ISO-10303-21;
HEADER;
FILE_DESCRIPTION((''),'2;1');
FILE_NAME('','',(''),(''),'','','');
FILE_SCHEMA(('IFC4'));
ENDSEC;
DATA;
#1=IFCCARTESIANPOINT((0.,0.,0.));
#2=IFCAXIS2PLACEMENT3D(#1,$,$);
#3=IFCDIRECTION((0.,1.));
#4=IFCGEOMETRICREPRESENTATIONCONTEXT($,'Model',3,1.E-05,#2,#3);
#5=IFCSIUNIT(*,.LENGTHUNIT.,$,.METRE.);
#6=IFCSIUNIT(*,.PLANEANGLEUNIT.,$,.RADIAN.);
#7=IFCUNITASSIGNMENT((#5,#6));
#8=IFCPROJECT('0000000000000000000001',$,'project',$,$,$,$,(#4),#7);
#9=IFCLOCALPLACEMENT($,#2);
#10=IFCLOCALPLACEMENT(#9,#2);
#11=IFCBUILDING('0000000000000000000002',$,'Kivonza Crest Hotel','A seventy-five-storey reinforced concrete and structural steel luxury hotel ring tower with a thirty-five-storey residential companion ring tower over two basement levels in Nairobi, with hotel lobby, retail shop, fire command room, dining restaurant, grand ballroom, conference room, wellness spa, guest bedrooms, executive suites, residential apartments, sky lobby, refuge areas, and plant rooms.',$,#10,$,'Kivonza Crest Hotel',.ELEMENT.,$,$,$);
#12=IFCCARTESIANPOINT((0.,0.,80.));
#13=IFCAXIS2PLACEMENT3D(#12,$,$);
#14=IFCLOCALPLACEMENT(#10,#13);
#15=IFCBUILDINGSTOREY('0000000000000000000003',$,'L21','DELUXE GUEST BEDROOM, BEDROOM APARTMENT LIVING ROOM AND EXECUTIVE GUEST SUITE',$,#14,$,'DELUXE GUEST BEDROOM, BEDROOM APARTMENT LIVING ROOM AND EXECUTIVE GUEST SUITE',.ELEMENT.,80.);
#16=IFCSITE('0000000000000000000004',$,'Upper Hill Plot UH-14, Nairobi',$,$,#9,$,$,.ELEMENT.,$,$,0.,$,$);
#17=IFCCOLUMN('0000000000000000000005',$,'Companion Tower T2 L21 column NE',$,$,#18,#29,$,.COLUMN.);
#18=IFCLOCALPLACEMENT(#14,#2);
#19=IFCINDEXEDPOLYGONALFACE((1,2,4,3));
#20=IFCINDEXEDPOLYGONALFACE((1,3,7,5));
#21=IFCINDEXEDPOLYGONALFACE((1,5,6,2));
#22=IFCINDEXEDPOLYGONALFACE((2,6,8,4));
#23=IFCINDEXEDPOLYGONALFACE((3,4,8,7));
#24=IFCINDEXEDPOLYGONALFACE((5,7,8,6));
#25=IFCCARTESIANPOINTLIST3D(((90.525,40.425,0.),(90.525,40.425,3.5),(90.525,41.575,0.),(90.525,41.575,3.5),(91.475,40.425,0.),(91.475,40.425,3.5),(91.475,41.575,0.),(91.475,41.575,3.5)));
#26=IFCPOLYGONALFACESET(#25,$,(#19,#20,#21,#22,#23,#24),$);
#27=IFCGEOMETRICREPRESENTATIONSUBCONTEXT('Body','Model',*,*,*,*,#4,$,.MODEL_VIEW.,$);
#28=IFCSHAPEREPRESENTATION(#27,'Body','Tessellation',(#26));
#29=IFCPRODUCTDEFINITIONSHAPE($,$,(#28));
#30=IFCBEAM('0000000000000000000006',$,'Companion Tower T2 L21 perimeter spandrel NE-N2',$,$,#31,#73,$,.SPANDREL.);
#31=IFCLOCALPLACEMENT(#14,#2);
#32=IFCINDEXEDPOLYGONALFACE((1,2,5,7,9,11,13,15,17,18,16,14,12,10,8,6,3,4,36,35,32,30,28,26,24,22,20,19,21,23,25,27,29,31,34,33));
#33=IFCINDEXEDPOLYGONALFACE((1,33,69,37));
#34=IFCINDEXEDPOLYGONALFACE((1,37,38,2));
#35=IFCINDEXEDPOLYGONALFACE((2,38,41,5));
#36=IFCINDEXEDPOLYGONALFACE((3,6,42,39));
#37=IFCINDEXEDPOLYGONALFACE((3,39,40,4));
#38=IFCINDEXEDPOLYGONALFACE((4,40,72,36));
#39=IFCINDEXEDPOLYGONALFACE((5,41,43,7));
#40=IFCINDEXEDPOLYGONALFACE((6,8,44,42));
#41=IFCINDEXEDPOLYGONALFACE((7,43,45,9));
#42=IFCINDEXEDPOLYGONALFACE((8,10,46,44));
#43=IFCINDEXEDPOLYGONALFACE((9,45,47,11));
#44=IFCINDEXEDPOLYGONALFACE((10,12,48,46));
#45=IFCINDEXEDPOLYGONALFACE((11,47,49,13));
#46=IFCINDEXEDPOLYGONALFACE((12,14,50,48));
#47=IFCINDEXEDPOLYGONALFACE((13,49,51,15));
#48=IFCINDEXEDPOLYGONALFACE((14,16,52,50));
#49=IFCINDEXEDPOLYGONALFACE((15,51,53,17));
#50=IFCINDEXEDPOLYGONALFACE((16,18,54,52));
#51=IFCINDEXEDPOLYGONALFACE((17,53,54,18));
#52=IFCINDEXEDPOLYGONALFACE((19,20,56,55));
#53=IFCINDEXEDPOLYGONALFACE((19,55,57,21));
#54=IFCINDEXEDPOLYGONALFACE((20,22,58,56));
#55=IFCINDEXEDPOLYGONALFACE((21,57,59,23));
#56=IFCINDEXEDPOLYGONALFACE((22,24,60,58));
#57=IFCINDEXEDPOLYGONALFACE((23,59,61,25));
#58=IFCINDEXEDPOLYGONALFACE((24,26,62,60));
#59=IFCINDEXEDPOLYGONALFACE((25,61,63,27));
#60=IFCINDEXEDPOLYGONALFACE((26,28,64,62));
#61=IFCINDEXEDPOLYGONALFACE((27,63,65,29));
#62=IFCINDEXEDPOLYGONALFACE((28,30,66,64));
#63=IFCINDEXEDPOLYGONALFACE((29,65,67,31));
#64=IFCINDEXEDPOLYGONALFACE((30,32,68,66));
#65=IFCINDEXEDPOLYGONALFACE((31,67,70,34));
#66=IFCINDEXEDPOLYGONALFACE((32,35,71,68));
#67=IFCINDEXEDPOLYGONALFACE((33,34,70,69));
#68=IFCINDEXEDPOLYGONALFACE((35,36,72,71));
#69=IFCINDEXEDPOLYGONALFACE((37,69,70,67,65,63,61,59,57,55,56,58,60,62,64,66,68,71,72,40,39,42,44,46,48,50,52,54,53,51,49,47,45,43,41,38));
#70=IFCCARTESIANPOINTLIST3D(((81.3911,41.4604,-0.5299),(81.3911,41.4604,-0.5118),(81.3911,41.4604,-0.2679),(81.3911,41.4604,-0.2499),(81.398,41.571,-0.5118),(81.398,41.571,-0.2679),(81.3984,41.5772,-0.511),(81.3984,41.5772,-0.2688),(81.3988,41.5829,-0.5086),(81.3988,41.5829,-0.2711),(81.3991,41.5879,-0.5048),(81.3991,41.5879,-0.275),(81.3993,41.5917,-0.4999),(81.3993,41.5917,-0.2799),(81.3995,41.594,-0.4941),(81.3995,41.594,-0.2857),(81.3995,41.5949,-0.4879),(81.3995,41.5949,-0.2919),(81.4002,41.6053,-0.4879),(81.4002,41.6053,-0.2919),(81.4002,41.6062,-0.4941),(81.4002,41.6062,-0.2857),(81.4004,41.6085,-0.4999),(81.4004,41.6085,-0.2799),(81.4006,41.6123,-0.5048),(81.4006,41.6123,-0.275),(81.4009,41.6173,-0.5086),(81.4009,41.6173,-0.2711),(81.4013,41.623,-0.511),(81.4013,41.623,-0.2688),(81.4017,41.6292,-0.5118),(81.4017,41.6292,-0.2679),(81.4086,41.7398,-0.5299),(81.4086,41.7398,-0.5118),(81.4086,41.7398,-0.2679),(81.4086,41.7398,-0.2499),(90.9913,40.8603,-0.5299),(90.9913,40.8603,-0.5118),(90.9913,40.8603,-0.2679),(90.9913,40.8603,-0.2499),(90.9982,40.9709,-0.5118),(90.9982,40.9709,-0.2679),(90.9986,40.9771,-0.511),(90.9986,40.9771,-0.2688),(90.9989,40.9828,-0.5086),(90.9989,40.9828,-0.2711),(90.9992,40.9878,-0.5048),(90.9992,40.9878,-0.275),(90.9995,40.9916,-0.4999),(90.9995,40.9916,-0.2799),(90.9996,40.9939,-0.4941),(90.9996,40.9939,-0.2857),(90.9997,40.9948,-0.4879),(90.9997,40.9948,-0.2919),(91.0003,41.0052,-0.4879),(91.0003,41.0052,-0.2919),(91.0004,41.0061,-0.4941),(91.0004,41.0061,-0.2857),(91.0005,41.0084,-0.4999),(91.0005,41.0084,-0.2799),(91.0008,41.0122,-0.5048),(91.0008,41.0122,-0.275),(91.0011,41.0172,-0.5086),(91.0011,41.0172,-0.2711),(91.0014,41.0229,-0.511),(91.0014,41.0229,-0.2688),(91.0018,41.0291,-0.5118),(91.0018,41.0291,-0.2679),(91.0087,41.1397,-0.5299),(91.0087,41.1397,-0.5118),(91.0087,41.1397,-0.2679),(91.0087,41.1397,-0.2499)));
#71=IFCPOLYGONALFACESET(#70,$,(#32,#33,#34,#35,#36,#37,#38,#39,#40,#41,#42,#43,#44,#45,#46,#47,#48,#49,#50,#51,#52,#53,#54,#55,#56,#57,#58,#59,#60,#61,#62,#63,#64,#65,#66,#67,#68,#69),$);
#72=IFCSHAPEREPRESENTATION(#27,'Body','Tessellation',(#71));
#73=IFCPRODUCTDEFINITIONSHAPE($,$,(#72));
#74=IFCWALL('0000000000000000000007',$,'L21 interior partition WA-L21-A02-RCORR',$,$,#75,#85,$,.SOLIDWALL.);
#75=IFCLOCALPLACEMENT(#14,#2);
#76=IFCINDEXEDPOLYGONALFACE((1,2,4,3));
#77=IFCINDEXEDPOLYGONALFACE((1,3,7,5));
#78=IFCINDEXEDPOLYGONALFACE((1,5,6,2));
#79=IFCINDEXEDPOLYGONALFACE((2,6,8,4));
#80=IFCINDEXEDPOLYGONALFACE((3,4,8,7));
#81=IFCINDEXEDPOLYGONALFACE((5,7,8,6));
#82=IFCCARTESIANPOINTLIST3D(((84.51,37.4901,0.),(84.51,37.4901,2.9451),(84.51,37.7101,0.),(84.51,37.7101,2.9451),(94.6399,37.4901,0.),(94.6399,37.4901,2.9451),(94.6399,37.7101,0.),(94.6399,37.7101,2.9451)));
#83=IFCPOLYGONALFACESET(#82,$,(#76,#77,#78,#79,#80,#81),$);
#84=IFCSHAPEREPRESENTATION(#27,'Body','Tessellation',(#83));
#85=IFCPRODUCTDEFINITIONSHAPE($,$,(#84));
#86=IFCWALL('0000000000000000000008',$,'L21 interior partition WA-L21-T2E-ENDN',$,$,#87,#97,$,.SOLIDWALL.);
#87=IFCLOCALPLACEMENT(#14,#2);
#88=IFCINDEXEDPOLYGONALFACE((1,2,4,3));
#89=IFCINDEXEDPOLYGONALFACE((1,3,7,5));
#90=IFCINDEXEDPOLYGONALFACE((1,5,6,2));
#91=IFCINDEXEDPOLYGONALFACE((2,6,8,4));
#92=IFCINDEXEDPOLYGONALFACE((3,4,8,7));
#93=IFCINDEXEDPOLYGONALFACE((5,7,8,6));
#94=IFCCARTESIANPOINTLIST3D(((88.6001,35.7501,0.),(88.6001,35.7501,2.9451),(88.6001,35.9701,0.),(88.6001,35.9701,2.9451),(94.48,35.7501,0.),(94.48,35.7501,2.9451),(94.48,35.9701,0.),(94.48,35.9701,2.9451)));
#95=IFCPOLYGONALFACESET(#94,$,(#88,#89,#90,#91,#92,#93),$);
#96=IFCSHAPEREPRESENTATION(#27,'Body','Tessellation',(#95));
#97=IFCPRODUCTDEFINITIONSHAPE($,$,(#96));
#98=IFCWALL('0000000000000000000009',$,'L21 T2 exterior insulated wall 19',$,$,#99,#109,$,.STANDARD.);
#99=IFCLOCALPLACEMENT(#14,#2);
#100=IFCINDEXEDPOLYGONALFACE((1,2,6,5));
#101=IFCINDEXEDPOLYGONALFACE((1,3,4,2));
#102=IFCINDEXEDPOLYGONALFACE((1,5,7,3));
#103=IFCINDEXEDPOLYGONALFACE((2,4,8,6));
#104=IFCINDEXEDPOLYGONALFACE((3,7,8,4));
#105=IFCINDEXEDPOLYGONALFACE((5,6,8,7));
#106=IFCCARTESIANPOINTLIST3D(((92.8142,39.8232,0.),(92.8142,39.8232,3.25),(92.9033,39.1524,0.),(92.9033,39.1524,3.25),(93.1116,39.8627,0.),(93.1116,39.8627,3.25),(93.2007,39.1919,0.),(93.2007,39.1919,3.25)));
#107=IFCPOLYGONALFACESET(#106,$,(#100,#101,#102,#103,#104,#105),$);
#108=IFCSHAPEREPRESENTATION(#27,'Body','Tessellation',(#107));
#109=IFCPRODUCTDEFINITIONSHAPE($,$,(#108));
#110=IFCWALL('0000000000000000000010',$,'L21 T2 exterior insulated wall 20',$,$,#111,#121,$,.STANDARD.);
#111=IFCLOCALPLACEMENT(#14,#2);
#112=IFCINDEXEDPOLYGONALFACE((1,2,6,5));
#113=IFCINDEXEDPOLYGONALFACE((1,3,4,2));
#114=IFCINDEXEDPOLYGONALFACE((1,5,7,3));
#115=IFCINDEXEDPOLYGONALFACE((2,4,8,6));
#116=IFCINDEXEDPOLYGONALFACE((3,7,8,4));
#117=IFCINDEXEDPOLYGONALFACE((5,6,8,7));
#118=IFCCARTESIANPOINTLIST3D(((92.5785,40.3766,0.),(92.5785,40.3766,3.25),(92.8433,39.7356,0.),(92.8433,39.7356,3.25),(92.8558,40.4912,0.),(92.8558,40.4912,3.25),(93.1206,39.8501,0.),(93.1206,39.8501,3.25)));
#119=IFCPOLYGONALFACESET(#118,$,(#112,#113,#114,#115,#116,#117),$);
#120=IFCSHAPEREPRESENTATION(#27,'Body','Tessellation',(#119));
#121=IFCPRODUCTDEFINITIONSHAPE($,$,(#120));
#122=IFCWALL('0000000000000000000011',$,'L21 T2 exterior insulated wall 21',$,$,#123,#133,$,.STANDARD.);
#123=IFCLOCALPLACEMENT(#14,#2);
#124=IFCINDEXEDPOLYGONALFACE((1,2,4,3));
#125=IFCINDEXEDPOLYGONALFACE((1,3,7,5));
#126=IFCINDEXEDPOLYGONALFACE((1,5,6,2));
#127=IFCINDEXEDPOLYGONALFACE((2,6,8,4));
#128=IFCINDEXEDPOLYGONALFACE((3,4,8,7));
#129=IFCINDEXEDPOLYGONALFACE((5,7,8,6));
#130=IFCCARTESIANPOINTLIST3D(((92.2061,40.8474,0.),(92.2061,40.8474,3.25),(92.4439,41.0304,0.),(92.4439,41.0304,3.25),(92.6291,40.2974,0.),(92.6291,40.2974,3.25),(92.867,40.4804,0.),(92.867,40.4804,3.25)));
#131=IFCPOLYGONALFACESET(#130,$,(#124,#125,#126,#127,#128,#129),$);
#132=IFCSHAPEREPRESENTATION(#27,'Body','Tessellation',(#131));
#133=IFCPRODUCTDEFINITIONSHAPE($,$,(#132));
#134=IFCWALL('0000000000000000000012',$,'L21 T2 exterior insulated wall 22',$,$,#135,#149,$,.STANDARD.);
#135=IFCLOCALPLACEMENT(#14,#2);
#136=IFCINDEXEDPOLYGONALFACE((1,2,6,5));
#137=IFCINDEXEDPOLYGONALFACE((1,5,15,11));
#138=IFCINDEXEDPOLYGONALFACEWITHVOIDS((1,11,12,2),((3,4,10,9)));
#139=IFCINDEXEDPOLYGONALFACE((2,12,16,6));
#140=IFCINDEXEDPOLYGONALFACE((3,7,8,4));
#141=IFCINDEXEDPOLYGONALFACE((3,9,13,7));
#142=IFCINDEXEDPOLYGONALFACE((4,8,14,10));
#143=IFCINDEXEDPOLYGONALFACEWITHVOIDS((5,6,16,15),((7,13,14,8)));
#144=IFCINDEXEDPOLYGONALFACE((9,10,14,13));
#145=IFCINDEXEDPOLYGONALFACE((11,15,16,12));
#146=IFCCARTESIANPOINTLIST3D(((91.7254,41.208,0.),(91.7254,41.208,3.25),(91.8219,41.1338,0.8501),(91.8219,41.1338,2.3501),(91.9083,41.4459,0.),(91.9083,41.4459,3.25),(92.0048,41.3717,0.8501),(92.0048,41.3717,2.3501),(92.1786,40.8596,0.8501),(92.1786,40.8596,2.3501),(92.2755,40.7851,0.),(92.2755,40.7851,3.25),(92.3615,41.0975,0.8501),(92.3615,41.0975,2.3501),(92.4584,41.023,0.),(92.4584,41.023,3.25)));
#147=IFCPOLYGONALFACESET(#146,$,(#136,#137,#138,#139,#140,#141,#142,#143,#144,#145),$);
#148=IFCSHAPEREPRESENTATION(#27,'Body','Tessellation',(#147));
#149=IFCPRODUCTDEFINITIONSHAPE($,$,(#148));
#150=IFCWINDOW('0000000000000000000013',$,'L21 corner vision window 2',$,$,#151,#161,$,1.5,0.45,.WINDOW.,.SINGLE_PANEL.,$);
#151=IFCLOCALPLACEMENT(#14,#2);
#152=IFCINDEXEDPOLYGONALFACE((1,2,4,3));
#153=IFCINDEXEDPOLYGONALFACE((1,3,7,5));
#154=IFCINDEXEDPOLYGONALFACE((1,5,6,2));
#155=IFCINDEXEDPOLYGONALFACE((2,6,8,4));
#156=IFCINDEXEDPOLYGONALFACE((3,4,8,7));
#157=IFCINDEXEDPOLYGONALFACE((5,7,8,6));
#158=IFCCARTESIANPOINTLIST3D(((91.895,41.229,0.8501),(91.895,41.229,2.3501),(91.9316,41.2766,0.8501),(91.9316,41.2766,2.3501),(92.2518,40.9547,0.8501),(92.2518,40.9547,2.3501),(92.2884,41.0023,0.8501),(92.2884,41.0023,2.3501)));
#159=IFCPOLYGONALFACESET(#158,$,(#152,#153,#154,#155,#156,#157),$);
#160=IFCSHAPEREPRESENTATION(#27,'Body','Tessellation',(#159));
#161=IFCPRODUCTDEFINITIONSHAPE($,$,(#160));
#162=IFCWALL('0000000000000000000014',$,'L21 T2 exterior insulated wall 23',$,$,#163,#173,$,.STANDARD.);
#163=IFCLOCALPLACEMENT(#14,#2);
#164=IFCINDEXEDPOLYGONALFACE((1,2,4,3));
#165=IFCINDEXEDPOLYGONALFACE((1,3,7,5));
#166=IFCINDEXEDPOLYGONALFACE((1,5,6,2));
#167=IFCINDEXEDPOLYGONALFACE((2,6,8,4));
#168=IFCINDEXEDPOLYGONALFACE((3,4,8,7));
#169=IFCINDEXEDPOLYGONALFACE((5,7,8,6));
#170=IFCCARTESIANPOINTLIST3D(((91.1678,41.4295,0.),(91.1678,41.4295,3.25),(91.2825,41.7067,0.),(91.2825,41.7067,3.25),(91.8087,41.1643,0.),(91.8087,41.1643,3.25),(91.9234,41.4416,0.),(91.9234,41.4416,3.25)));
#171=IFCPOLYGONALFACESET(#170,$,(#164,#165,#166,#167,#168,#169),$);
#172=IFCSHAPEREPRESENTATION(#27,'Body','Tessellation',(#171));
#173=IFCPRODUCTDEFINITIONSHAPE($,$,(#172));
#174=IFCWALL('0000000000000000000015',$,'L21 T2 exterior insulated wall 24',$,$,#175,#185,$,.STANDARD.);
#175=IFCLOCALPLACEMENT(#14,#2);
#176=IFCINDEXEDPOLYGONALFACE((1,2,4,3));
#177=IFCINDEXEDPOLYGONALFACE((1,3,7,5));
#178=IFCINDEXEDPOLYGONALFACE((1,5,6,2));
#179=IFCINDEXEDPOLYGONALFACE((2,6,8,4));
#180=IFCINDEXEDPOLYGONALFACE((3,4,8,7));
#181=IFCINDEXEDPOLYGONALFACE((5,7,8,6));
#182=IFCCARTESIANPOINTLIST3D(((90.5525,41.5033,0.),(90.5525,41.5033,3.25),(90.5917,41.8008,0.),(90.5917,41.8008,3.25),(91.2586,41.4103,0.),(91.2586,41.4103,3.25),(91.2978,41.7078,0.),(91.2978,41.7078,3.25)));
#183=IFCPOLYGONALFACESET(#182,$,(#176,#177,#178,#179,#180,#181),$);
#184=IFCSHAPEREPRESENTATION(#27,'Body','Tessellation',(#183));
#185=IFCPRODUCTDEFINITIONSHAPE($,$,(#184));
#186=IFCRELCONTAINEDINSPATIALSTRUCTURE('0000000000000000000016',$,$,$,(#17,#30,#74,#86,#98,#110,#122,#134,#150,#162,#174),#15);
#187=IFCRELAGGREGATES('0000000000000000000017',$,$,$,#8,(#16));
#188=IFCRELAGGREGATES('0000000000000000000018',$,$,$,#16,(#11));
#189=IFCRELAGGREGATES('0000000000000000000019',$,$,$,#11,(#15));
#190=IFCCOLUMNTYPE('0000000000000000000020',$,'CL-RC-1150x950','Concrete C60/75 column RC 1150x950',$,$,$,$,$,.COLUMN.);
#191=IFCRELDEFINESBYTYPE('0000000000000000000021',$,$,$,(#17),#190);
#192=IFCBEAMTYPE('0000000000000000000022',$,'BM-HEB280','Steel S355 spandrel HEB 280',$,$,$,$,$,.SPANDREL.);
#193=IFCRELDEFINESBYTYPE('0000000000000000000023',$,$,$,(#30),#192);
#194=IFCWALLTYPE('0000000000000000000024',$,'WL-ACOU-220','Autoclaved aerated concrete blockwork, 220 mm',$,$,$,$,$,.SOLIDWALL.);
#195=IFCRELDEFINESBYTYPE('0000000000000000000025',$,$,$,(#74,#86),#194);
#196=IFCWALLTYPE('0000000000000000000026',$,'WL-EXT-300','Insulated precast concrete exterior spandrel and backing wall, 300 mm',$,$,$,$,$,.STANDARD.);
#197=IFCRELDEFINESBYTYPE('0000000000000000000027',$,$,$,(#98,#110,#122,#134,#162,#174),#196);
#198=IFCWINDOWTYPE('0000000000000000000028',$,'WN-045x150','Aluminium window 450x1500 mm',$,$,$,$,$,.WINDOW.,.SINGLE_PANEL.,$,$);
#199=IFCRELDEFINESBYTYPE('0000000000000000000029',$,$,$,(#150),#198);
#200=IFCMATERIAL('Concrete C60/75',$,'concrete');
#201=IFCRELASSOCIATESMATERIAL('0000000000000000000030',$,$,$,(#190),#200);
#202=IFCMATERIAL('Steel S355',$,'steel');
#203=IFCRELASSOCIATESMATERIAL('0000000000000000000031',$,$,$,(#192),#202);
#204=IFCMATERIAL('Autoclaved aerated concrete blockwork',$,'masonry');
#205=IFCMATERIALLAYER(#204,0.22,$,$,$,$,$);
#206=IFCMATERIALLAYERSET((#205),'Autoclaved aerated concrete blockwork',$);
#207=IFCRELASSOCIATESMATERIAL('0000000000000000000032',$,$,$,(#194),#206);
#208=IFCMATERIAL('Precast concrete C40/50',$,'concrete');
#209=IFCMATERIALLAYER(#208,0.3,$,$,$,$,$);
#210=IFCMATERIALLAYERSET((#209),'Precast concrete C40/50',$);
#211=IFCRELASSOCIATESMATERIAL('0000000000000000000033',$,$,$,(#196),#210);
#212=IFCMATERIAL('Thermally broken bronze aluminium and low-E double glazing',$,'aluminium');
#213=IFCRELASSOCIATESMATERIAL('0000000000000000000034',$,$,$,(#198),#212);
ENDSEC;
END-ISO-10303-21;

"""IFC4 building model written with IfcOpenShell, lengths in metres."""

from ifc_helpers import new_model, si_unit, direction, frame, frame_2d, origin, origin_2d, place, context, subcontext, project, spatial, rectangle, i_section, extrude, material, layer, layer_set, material_profile, profile_set, type_object, element, fill, save


model = new_model("IFC4")

# Units and contexts
model_context = context("Model", 3, precision=1e-05, world=origin(), true_north=direction((0.0, 1.0)))
body_context = subcontext(model_context, "Body", "Model", "MODEL_VIEW")
ifc_project = project(units=[si_unit("LENGTHUNIT", "METRE"), si_unit("PLANEANGLEUNIT", "RADIAN")], contexts=[model_context])

# Site, building, storey
site_placement = place(None, origin())
site = spatial("IfcSite", under=ifc_project, at=site_placement, Name="Upper Hill Plot UH-14, Nairobi", CompositionType="ELEMENT", RefElevation=0.0)
building_placement = place(site_placement, origin())
building = spatial("IfcBuilding", under=site, at=building_placement, Name="Kivonza Crest Hotel", Description="A seventy-five-storey reinforced concrete and structural steel luxury hotel ring tower with a thirty-five-storey residential companion ring tower over two basement levels in Nairobi, with hotel lobby, retail shop, fire command room, dining restaurant, grand ballroom, conference room, wellness spa, guest bedrooms, executive suites, residential apartments, sky lobby, refuge areas, and plant rooms.", LongName="Kivonza Crest Hotel", CompositionType="ELEMENT")
storey_placement = place(building_placement, frame((0.0, 0.0, 80.0)))
storey = spatial("IfcBuildingStorey", under=building, at=storey_placement, Name="L21", Description="DELUXE GUEST BEDROOM, BEDROOM APARTMENT LIVING ROOM AND EXECUTIVE GUEST SUITE", LongName="DELUXE GUEST BEDROOM, BEDROOM APARTMENT LIVING ROOM AND EXECUTIVE GUEST SUITE", CompositionType="ELEMENT", Elevation=80.0)

# Column
ifc_material_1 = material(Name="Concrete C60/75", Category="concrete")
ifc_material_profile_1 = material_profile(ifc_material_1, rectangle(XDim=0.95, YDim=1.1499, at=origin_2d()), Name="RC 1150x950")
ifc_profile_set_1 = profile_set([ifc_material_profile_1], Name="Concrete C60/75")
column_type = type_object("IfcColumnType", Name="CL-RC-1150x950", Description="Concrete C60/75 column RC 1150x950", PredefinedType="COLUMN", material=ifc_profile_set_1)
column_placement = place(storey_placement, frame((91.0, 41.0, 0.0), z_axis=(0.0, 0.0, 1.0), x_axis=(1.0, 0.0, 0.0)))
element("IfcColumn", 1, at=column_placement, inside=storey, type_object=column_type, Name="Companion Tower T2 L21 column NE", PredefinedType="COLUMN", context=body_context, shape_type="SweptSolid", body=[
    extrude(rectangle(XDim=0.95, YDim=1.1499, at=origin_2d()), origin(), (0.0, 0.0, 1.0), 3.5),
])

# Beam
ifc_material_2 = material(Name="Steel S355", Category="steel")
ifc_material_profile_2 = material_profile(ifc_material_2, i_section(OverallWidth=0.28, OverallDepth=0.28, WebThickness=0.0105, FlangeThickness=0.0181, FilletRadius=0.0239, at=origin_2d()), Name="HEB 280")
ifc_profile_set_2 = profile_set([ifc_material_profile_2], Name="Steel S355")
beam_type = type_object("IfcBeamType", Name="BM-HEB280", Description="Steel S355 spandrel HEB 280", PredefinedType="SPANDREL", material=ifc_profile_set_2)
beam_placement = place(storey_placement, frame((91.0, 41.0, -0.3899), z_axis=(-0.998052, 0.062388, 0.0), x_axis=(-0.062388, -0.998052, 0.0)))
element("IfcBeam", 2, at=beam_placement, inside=storey, type_object=beam_type, Name="Companion Tower T2 L21 perimeter spandrel NE-N2", PredefinedType="SPANDREL", context=body_context, shape_type="SweptSolid", body=[
    extrude(i_section(OverallWidth=0.28, OverallDepth=0.28, WebThickness=0.0105, FlangeThickness=0.0181, FilletRadius=0.0239, at=origin_2d()), origin(), (0.0, 0.0, 1.0), 9.6189),
])

# Walls
ifc_material_3 = material(Name="Autoclaved aerated concrete blockwork", Category="masonry")
ifc_layer_1 = layer(ifc_material_3, 0.22)
ifc_layer_set_1 = layer_set([ifc_layer_1], Name="Autoclaved aerated concrete blockwork")
wall_type_1 = type_object("IfcWallType", Name="WL-ACOU-220", Description="Autoclaved aerated concrete blockwork, 220 mm", PredefinedType="SOLIDWALL", material=ifc_layer_set_1)
wall_1_placement = place(storey_placement, frame((84.51, 37.6001, 0.0), z_axis=(0.0, 0.0, 1.0), x_axis=(1.0, 0.0, 0.0)))
element("IfcWall", 3, at=wall_1_placement, inside=storey, type_object=wall_type_1, Name="L21 interior partition WA-L21-A02-RCORR", PredefinedType="SOLIDWALL", context=body_context, shape_type="SweptSolid", body=[
    extrude(rectangle(XDim=10.1299, YDim=0.22, at=frame_2d((5.0649, 0.0))), origin(), (0.0, 0.0, 1.0), 2.9451),
])
wall_2_placement = place(storey_placement, frame((88.6001, 35.8601, 0.0), z_axis=(0.0, 0.0, 1.0), x_axis=(1.0, 0.0, 0.0)))
element("IfcWall", 4, at=wall_2_placement, inside=storey, type_object=wall_type_1, Name="L21 interior partition WA-L21-T2E-ENDN", PredefinedType="SOLIDWALL", context=body_context, shape_type="SweptSolid", body=[
    extrude(rectangle(XDim=5.8799, YDim=0.22, at=frame_2d((2.9399, 0.0))), origin(), (0.0, 0.0, 1.0), 2.9451),
])
ifc_material_4 = material(Name="Precast concrete C40/50", Category="concrete")
ifc_layer_2 = layer(ifc_material_4, 0.3)
ifc_layer_set_2 = layer_set([ifc_layer_2], Name="Precast concrete C40/50")
wall_type_2 = type_object("IfcWallType", Name="WL-EXT-300", Description="Insulated precast concrete exterior spandrel and backing wall, 300 mm", PredefinedType="STANDARD", material=ifc_layer_set_2)
wall_3_placement = place(storey_placement, frame((93.052, 39.1721, 0.0), z_axis=(0.0, 0.0, 1.0), x_axis=(-0.131667, 0.991294, 0.0)))
element("IfcWall", 5, at=wall_3_placement, inside=storey, type_object=wall_type_2, Name="L21 T2 exterior insulated wall 19", PredefinedType="STANDARD", context=body_context, shape_type="SweptSolid", body=[
    extrude(rectangle(XDim=0.6768, YDim=0.3, at=frame_2d((0.3384, 0.0))), origin(), (0.0, 0.0, 1.0), 3.25),
])
wall_4_placement = place(storey_placement, frame((92.9819, 39.793, 0.0), z_axis=(0.0, 0.0, 1.0), x_axis=(-0.381865, 0.924218, 0.0)))
element("IfcWall", 6, at=wall_4_placement, inside=storey, type_object=wall_type_2, Name="L21 T2 exterior insulated wall 20", PredefinedType="STANDARD", context=body_context, shape_type="SweptSolid", body=[
    extrude(rectangle(XDim=0.6936, YDim=0.3, at=frame_2d((0.3467, 0.0))), origin(), (0.0, 0.0, 1.0), 3.25),
])
wall_5_placement = place(storey_placement, frame((92.748, 40.3889, 0.0), z_axis=(0.0, 0.0, 1.0), x_axis=(-0.609694, 0.792637, 0.0)))
element("IfcWall", 7, at=wall_5_placement, inside=storey, type_object=wall_type_2, Name="L21 T2 exterior insulated wall 21", PredefinedType="STANDARD", context=body_context, shape_type="SweptSolid", body=[
    extrude(rectangle(XDim=0.6938, YDim=0.3, at=frame_2d((0.3469, 0.0))), origin(), (0.0, 0.0, 1.0), 3.25),
])

# Wall, opening, window
wall_6_placement = place(storey_placement, frame((92.3669, 40.9041, 0.0), z_axis=(0.0, 0.0, 1.0), x_axis=(-0.792807, 0.609473, 0.0)))
wall_6 = element("IfcWall", 8, at=wall_6_placement, inside=storey, type_object=wall_type_2, Name="L21 T2 exterior insulated wall 22", PredefinedType="STANDARD", context=body_context, shape_type="SweptSolid", body=[
    extrude(rectangle(XDim=0.6938, YDim=0.3, at=frame_2d((0.3469, 0.0))), origin(), (0.0, 0.0, 1.0), 3.25),
])
opening_1_placement = place(wall_6_placement, frame((0.1221, 0.0, 0.8501)))
opening_1 = element("IfcOpeningElement", 9, at=opening_1_placement, cuts=wall_6, PredefinedType="OPENING", context=body_context, shape_type="SweptSolid", body=[
    extrude(rectangle(XDim=0.45, YDim=1.5, at=frame_2d((0.2251, 0.75))), frame((0.0, 0.1602, 0.0), z_axis=(0.0, -1.0, 0.0), x_axis=(1.0, 0.0, 0.0)), (0.0, 0.0, 1.0), 0.3201),
])
ifc_material_5 = material(Name="Thermally broken bronze aluminium and low-E double glazing", Category="aluminium")
window_type_1 = type_object("IfcWindowType", Name="WN-045x150", Description="Aluminium window 450x1500 mm", PartitioningType="SINGLE_PANEL", PredefinedType="WINDOW", material=ifc_material_5)
window_1_placement = place(opening_1_placement, origin())
window_1 = element("IfcWindow", 10, at=window_1_placement, inside=storey, type_object=window_type_1, Name="L21 corner vision window 2", OverallHeight=1.5, OverallWidth=0.45, PartitioningType="SINGLE_PANEL", PredefinedType="WINDOW", context=body_context, shape_type="SweptSolid", body=[
    extrude(rectangle(XDim=0.45, YDim=1.5, at=frame_2d((0.2251, 0.75))), frame((0.0, 0.03, 0.0), z_axis=(0.0, -1.0, 0.0), x_axis=(1.0, 0.0, 0.0)), (0.0, 0.0, 1.0), 0.0601),
])
fill(opening_1, window_1)

# Walls
wall_7_placement = place(storey_placement, frame((91.866, 41.303, 0.0), z_axis=(0.0, 0.0, 1.0), x_axis=(-0.924043, 0.38229, 0.0)))
element("IfcWall", 11, at=wall_7_placement, inside=storey, type_object=wall_type_2, Name="L21 T2 exterior insulated wall 23", PredefinedType="STANDARD", context=body_context, shape_type="SweptSolid", body=[
    extrude(rectangle(XDim=0.6936, YDim=0.3, at=frame_2d((0.3467, 0.0))), origin(), (0.0, 0.0, 1.0), 3.25),
])
wall_8_placement = place(storey_placement, frame((91.2781, 41.5591, 0.0), z_axis=(0.0, 0.0, 1.0), x_axis=(-0.991433, 0.130614, 0.0)))
element("IfcWall", 12, at=wall_8_placement, inside=storey, type_object=wall_type_2, Name="L21 T2 exterior insulated wall 24", PredefinedType="STANDARD", context=body_context, shape_type="SweptSolid", body=[
    extrude(rectangle(XDim=0.7122, YDim=0.3, at=frame_2d((0.356, 0.0))), origin(), (0.0, 0.0, 1.0), 3.25),
])

save(model, "model.ifc")
